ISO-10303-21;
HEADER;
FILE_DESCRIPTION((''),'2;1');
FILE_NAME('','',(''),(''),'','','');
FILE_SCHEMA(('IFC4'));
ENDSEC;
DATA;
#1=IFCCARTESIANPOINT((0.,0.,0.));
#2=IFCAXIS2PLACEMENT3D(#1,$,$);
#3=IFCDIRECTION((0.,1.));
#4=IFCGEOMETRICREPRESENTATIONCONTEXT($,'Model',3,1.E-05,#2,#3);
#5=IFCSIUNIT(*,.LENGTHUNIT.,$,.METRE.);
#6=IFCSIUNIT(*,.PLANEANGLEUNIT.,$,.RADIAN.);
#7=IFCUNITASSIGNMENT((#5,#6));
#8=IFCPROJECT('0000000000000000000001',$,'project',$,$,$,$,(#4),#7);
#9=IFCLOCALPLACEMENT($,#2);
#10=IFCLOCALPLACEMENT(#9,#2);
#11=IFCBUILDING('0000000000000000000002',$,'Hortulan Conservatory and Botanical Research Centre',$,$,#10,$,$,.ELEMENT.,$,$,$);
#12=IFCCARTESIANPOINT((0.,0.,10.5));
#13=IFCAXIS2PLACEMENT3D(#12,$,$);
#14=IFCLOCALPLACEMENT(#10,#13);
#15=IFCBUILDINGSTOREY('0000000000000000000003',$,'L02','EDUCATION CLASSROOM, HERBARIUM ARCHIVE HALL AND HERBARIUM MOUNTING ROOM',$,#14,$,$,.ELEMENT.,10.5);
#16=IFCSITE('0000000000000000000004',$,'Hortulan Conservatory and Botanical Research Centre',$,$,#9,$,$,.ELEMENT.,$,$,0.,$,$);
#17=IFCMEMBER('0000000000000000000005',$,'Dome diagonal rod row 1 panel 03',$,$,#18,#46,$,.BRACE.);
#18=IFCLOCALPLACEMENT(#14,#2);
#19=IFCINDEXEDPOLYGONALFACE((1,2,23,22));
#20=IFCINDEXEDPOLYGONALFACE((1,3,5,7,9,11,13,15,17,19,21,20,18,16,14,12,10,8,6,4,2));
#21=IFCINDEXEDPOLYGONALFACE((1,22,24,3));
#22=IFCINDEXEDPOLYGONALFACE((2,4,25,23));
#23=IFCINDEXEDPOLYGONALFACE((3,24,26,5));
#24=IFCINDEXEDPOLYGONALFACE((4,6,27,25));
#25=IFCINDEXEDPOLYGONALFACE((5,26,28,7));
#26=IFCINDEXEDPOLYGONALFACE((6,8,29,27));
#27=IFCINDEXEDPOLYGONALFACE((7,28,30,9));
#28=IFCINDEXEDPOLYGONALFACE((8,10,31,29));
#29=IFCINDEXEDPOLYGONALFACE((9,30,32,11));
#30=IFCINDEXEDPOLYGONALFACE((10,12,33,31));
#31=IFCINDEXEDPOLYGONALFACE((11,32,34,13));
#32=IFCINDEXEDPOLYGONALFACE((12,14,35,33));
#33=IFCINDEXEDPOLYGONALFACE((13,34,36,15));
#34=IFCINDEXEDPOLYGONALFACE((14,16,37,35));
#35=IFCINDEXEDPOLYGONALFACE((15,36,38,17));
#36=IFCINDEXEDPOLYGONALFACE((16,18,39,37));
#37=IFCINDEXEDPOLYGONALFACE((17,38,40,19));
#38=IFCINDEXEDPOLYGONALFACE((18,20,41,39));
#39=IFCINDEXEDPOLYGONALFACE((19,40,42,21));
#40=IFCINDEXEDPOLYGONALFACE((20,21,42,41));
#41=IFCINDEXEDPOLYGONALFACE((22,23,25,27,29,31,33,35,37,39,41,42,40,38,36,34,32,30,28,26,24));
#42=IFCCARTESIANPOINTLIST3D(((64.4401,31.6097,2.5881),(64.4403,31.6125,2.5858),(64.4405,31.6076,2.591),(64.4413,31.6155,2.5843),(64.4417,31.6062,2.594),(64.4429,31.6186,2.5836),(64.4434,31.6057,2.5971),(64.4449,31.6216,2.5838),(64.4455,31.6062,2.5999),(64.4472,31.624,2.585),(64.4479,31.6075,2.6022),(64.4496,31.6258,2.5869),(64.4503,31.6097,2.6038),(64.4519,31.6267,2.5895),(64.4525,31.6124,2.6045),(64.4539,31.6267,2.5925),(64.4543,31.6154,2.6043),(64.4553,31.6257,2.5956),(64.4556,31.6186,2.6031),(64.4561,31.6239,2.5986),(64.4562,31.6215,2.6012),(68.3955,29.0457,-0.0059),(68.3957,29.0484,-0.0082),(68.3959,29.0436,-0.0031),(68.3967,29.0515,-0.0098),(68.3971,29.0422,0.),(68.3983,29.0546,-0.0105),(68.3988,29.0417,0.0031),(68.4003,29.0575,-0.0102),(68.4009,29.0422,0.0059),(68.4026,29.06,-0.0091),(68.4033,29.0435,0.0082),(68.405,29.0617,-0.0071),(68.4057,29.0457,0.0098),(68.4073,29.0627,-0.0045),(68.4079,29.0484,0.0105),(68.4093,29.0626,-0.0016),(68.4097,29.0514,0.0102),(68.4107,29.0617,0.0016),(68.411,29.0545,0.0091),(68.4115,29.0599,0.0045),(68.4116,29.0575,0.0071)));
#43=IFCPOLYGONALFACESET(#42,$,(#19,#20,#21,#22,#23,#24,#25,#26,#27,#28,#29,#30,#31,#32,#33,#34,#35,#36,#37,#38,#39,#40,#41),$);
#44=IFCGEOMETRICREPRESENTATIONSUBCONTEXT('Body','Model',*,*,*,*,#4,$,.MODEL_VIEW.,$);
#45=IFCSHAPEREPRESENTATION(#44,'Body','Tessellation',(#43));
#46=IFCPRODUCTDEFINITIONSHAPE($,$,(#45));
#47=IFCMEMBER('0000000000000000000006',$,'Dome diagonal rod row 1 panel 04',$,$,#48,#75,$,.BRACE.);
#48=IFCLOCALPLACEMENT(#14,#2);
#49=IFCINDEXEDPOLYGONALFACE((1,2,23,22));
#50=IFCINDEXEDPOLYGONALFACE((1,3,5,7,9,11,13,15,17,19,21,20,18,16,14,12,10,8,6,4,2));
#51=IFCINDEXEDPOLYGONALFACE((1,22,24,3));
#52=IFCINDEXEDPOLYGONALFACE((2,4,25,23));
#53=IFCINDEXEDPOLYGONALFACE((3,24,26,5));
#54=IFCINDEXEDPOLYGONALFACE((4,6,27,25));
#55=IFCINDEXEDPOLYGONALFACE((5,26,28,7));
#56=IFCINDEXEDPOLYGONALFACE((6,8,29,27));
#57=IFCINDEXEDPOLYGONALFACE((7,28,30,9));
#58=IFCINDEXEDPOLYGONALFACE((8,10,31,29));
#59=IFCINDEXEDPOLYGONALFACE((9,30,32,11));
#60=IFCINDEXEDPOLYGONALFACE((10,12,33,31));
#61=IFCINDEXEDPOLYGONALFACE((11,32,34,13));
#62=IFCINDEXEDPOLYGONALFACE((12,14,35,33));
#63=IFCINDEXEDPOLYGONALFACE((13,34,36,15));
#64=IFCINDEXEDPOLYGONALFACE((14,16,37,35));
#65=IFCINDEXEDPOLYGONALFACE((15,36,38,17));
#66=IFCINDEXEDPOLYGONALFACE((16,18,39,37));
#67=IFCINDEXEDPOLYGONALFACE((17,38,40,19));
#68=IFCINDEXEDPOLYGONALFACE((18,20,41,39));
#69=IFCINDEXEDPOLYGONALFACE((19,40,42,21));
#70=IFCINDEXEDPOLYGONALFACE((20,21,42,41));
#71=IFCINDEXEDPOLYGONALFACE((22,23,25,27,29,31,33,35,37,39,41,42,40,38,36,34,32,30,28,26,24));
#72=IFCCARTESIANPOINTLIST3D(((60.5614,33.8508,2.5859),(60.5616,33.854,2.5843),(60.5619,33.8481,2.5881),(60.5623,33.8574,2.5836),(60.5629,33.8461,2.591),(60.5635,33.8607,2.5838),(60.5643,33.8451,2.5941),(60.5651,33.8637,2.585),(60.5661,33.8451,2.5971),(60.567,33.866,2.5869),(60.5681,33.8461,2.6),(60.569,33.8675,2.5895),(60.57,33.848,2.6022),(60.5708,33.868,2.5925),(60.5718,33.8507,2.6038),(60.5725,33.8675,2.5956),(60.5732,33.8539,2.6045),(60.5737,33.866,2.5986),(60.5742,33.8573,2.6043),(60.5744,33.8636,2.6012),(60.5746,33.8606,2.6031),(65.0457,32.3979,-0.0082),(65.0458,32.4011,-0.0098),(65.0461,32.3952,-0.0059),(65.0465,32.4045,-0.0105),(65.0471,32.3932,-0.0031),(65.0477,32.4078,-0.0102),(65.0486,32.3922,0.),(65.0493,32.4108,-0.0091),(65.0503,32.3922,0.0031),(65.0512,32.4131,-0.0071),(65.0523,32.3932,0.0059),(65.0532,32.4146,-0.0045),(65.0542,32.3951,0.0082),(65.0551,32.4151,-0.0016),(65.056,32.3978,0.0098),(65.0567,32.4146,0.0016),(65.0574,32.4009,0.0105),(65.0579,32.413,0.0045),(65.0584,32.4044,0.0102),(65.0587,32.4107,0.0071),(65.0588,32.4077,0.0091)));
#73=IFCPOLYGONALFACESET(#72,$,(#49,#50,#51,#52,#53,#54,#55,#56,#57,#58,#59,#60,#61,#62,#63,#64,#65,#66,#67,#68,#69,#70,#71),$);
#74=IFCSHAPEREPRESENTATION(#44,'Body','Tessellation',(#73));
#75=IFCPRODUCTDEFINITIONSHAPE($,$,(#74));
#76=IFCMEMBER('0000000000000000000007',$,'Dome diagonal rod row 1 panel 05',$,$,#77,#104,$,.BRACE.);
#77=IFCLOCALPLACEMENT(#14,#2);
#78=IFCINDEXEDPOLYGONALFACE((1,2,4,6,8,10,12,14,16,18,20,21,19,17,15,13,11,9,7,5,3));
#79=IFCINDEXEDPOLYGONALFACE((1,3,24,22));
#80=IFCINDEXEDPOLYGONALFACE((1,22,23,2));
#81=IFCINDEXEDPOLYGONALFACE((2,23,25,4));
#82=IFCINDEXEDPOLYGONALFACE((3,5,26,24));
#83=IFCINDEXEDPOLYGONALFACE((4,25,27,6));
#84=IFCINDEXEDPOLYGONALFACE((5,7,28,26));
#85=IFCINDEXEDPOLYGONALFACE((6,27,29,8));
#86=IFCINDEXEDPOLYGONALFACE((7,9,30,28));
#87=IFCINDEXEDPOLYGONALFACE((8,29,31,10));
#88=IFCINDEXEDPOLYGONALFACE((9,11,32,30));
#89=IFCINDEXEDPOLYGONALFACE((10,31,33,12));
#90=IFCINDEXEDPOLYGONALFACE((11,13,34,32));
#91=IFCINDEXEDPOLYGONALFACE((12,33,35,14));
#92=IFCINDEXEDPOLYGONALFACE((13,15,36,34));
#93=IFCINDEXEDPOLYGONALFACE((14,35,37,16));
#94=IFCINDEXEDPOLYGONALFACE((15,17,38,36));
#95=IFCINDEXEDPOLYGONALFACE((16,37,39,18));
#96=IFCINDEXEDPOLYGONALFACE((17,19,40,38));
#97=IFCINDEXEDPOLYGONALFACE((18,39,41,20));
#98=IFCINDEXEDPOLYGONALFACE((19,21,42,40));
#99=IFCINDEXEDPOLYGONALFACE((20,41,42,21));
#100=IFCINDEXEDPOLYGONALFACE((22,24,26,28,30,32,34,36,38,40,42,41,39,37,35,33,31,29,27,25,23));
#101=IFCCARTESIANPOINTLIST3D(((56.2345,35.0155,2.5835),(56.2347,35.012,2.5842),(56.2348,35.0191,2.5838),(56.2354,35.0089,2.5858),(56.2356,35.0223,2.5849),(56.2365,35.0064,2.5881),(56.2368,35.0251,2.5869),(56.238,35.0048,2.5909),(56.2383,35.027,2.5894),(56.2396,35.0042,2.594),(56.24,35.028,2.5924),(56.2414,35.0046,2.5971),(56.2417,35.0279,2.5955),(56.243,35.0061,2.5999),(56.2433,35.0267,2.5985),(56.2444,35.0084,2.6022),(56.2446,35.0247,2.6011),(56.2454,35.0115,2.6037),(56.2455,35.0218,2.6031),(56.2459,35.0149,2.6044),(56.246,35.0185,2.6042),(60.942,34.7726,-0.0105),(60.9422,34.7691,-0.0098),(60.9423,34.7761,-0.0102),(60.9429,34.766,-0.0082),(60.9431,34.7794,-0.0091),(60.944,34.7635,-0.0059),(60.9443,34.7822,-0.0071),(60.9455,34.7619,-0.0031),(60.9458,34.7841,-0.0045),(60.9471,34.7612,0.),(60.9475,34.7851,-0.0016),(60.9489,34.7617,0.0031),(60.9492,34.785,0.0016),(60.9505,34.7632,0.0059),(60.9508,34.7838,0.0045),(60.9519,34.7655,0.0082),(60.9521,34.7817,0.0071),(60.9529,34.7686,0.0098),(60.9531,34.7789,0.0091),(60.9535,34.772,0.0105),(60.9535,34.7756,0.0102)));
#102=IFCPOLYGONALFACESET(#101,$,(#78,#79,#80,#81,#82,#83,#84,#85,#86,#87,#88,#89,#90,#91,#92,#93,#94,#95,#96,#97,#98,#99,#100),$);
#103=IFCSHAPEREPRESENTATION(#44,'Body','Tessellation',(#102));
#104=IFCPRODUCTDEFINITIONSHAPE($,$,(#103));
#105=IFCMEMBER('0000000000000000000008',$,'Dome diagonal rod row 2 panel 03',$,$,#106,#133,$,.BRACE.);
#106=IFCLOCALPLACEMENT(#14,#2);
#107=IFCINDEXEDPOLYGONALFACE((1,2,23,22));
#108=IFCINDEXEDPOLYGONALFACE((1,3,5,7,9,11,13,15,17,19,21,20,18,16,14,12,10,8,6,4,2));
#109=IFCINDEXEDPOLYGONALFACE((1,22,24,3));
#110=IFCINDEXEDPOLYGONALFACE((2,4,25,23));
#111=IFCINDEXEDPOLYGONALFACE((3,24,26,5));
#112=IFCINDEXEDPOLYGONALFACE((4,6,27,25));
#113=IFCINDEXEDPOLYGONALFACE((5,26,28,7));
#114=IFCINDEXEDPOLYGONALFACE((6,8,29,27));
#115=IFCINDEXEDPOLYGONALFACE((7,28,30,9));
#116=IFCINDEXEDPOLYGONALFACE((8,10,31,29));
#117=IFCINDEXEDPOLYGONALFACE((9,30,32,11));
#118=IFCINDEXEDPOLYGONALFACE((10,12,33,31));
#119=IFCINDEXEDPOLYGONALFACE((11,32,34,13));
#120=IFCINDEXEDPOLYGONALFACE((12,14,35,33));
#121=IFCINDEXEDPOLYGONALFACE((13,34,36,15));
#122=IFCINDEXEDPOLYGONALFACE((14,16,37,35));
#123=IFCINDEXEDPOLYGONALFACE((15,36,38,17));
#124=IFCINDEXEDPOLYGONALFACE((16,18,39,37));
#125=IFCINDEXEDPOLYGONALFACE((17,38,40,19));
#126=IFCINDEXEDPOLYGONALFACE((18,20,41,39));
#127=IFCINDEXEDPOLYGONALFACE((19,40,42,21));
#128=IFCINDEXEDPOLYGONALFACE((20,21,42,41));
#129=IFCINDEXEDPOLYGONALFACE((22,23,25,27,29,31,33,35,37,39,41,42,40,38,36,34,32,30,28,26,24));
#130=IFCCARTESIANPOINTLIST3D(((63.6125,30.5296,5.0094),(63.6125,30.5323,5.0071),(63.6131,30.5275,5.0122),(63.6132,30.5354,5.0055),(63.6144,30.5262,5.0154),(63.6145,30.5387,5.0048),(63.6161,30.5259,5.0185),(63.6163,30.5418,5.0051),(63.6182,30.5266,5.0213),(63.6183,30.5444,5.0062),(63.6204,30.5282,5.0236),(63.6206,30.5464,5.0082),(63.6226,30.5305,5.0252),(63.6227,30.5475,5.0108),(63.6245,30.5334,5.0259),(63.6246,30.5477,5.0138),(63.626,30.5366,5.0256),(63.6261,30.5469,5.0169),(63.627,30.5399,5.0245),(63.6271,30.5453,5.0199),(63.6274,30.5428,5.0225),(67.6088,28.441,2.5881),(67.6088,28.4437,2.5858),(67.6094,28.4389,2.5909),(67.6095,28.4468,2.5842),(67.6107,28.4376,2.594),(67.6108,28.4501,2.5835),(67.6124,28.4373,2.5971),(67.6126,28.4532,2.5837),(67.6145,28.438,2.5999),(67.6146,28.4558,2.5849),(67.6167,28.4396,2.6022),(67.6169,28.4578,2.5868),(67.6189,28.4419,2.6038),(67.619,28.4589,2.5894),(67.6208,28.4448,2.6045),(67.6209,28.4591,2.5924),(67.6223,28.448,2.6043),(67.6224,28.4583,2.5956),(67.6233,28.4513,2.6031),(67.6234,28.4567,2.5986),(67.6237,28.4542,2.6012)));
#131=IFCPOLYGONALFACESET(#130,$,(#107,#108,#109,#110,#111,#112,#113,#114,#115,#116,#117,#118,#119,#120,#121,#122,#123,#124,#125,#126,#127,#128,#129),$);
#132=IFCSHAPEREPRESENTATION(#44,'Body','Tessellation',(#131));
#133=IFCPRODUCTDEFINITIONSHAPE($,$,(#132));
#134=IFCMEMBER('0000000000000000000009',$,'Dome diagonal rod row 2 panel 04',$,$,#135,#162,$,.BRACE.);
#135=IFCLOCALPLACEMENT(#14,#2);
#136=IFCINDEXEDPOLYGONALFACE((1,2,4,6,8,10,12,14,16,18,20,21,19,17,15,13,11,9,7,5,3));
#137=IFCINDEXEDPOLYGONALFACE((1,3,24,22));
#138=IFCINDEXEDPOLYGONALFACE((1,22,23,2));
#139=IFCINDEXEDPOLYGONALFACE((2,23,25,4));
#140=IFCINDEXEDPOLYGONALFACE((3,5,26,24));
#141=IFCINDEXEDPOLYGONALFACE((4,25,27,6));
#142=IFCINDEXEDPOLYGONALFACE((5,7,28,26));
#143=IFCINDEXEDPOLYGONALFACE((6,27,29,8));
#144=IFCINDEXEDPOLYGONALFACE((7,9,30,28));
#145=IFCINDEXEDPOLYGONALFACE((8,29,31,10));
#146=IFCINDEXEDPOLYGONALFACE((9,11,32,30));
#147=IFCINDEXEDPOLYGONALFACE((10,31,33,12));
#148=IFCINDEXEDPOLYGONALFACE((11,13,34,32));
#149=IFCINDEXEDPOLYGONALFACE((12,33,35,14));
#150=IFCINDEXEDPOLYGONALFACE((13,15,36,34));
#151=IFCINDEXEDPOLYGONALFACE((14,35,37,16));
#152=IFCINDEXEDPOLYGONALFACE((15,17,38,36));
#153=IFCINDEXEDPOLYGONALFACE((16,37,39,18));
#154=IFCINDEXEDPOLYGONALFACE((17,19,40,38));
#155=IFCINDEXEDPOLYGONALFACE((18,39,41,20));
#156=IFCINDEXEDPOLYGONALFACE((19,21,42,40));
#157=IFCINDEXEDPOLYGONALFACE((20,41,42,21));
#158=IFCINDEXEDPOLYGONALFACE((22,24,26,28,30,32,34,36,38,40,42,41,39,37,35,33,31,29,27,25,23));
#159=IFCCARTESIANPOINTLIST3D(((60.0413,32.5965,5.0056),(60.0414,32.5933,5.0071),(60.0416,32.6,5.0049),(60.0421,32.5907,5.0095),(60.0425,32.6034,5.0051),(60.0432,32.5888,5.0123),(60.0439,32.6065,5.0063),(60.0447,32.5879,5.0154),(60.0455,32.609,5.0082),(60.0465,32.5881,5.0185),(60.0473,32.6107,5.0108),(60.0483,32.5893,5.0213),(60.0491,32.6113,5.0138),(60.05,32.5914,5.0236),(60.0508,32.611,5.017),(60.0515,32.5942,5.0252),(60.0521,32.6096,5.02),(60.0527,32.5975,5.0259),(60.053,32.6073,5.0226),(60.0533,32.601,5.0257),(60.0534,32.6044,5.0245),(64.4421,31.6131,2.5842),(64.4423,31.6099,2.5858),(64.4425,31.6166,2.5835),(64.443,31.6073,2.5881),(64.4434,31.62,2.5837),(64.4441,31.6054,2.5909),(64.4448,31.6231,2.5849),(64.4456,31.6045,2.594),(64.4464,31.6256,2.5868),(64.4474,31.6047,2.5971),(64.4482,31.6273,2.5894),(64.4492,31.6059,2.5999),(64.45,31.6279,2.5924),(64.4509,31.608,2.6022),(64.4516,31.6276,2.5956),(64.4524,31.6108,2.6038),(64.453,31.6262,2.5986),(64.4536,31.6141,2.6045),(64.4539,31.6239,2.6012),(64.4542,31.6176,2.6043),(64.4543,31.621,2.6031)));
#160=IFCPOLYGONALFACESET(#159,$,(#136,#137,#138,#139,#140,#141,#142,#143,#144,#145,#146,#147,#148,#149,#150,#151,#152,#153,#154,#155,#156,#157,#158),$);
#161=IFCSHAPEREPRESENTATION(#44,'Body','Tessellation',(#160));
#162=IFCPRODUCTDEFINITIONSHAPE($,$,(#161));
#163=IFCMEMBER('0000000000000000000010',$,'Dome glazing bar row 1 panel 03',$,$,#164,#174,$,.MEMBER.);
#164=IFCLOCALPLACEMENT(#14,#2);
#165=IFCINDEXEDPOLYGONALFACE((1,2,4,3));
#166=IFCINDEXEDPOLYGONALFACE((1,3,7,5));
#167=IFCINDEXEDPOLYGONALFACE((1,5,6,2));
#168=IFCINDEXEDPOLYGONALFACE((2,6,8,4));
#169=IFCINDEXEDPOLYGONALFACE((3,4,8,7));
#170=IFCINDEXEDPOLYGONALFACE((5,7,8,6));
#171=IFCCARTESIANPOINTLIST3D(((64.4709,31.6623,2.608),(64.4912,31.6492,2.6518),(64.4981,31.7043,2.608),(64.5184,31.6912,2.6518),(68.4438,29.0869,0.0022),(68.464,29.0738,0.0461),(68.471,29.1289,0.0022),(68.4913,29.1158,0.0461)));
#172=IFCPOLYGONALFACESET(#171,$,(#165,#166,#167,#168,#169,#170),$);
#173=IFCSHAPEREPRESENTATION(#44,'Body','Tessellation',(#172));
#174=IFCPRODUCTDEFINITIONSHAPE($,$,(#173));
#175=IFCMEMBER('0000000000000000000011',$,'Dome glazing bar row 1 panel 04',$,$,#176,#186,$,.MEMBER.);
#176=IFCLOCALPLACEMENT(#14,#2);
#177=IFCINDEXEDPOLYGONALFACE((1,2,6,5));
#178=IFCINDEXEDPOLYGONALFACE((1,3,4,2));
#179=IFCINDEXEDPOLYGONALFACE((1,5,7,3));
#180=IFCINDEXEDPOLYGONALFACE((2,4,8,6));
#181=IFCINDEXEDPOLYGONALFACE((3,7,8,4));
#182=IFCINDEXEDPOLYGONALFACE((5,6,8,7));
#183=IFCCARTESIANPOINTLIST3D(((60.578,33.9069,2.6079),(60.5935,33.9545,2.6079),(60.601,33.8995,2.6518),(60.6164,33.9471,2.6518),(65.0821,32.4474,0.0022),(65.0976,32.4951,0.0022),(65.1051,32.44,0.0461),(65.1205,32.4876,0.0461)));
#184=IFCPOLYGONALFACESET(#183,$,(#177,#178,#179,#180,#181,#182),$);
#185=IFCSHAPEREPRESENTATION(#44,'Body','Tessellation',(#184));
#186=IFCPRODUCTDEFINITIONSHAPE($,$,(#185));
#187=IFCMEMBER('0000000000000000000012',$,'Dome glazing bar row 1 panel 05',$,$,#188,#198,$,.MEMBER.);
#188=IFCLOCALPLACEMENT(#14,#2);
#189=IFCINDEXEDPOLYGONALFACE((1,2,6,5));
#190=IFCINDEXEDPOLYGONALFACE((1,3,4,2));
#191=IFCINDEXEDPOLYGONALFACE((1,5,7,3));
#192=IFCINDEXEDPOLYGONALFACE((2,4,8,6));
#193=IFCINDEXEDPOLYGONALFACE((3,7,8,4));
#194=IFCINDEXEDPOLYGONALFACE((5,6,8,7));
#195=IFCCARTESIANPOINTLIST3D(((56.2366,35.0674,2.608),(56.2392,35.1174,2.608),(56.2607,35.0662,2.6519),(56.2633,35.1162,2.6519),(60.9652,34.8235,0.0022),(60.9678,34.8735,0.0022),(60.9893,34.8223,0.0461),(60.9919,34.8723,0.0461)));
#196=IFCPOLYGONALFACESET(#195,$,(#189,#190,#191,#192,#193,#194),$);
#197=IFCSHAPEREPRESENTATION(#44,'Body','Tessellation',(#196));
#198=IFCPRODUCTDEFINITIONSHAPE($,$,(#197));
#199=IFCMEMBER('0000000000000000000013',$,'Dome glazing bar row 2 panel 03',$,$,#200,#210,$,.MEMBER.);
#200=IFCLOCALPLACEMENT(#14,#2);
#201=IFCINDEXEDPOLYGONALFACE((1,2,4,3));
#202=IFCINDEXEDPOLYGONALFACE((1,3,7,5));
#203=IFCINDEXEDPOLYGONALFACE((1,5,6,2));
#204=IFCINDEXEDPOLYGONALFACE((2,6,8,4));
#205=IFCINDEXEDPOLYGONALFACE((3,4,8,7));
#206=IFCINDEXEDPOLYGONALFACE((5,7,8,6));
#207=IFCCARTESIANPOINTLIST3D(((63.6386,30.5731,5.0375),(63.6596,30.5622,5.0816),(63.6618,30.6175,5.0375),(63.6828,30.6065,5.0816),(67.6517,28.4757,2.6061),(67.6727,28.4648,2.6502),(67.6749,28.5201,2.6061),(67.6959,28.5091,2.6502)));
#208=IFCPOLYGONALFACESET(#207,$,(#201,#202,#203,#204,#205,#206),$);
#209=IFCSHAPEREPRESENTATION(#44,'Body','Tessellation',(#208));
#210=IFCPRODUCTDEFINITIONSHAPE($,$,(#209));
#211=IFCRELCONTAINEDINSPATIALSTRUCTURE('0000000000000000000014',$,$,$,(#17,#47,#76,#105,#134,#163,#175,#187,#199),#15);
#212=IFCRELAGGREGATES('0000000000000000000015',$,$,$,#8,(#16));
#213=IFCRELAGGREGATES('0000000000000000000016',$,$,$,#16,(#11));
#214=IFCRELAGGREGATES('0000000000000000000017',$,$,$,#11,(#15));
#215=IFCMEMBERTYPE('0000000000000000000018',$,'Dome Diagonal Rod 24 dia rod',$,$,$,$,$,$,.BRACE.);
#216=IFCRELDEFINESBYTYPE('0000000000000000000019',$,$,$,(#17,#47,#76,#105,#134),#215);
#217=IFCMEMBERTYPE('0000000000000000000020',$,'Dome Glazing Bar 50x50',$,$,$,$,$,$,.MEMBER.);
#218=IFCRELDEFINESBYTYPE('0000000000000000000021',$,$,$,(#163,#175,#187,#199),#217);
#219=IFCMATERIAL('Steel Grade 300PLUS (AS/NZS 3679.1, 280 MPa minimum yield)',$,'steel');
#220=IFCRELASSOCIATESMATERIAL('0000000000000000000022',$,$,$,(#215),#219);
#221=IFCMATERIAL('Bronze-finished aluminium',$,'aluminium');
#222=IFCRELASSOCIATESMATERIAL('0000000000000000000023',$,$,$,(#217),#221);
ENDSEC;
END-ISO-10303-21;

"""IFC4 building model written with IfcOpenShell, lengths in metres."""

from ifc_helpers import new_model, si_unit, direction, frame, origin, origin_2d, place, context, subcontext, project, spatial, rectangle, circle, extrude, material, material_profile, profile_set, type_object, element, save


model = new_model("IFC4")

# Units and contexts
model_context = context("Model", 3, precision=1e-05, world=origin(), true_north=direction((0.0, 1.0)))
body_context = subcontext(model_context, "Body", "Model", "MODEL_VIEW")
ifc_project = project(units=[si_unit("LENGTHUNIT", "METRE"), si_unit("PLANEANGLEUNIT", "RADIAN")], contexts=[model_context])

# Site, building, storey
site_placement = place(None, origin())
site = spatial("IfcSite", under=ifc_project, at=site_placement, Name="Hortulan Conservatory and Botanical Research Centre", CompositionType="ELEMENT", RefElevation=0.0)
building_placement = place(site_placement, origin())
building = spatial("IfcBuilding", under=site, at=building_placement, Name="Hortulan Conservatory and Botanical Research Centre", CompositionType="ELEMENT")
storey_placement = place(building_placement, frame((0.0, 0.0, 10.5)))
storey = spatial("IfcBuildingStorey", under=building, at=storey_placement, Name="L02", Description="EDUCATION CLASSROOM, HERBARIUM ARCHIVE HALL AND HERBARIUM MOUNTING ROOM", CompositionType="ELEMENT", Elevation=10.5)

# Members
ifc_material_1 = material(Name="Steel Grade 300PLUS (AS/NZS 3679.1, 280 MPa minimum yield)", Category="steel")
ifc_material_profile_1 = material_profile(ifc_material_1, circle(Radius=0.012, at=origin_2d()), Name="24 dia rod")
ifc_profile_set_1 = profile_set([ifc_material_profile_1], Name="Steel Grade 300PLUS (AS/NZS 3679.1, 280 MPa minimum yield)")
member_type_1 = type_object("IfcMemberType", Name="Dome Diagonal Rod 24 dia rod", PredefinedType="BRACE", material=ifc_profile_set_1)
for number, where, z_axis, x_axis, name in (
    (1, (68.4036, 29.0522, 0.0), (-0.735153, 0.47655, 0.482131), (-0.543945, -0.839121, 0.0), "Dome diagonal rod row 1 panel 03"),
    (2, (65.0522, 32.4036, 0.0), (-0.833443, 0.27004, 0.482133), (-0.30823, -0.951312, 0.0), "Dome diagonal rod row 1 panel 04"),
    (3, (60.9478, 34.7732, 0.0), (-0.874941, 0.045149, 0.48212), (-0.051534, -0.998671, 0.0), "Dome diagonal rod row 1 panel 05"),
):
    element("IfcMember", number, at=place(storey_placement, frame(where, z_axis=z_axis, x_axis=x_axis)), inside=storey, type_object=member_type_1, Name=name, PredefinedType="BRACE", context=body_context, shape_type="SweptSolid", body=[
        extrude(circle(Radius=0.012, at=origin_2d()), origin(), (0.0, 0.0, 1.0), 5.3804),
    ])
member_1_placement = place(storey_placement, frame((67.6162, 28.4482, 2.594), z_axis=(-0.780806, 0.408076, 0.473092), x_axis=(-0.463189, -0.886259, 0.0)))
element("IfcMember", 4, at=member_1_placement, inside=storey, type_object=member_type_1, Name="Dome diagonal rod row 2 panel 03", PredefinedType="BRACE", context=body_context, shape_type="SweptSolid", body=[
    extrude(circle(Radius=0.012, at=origin_2d()), origin(), (0.0, 0.0, 1.0), 5.1182),
])
member_2_placement = place(storey_placement, frame((64.4482, 31.6162, 2.594), z_axis=(-0.859817, 0.19213, 0.473076), x_axis=(-0.218077, -0.975932, 0.0)))
element("IfcMember", 5, at=member_2_placement, inside=storey, type_object=member_type_1, Name="Dome diagonal rod row 2 panel 04", PredefinedType="BRACE", context=body_context, shape_type="SweptSolid", body=[
    extrude(circle(Radius=0.012, at=origin_2d()), origin(), (0.0, 0.0, 1.0), 5.1184),
])
ifc_material_2 = material(Name="Bronze-finished aluminium", Category="aluminium")
ifc_material_profile_2 = material_profile(ifc_material_2, rectangle(XDim=0.05, YDim=0.05, at=origin_2d()), Name="Square bar 50x50")
ifc_profile_set_2 = profile_set([ifc_material_profile_2], Name="Bronze-finished aluminium")
member_type_2 = type_object("IfcMemberType", Name="Dome Glazing Bar 50x50", PredefinedType="MEMBER", material=ifc_profile_set_2)
for number, where, z_axis, x_axis, name in (
    (6, (68.4675, 29.1013, 0.0242), (-0.735136, 0.476553, 0.482155), (-0.543957, -0.839113, 0.0), "Dome glazing bar row 1 panel 03"),
    (7, (65.1013, 32.4675, 0.0242), (-0.833428, 0.270054, 0.48215), (-0.30825, -0.951305, 0.0), "Dome glazing bar row 1 panel 04"),
):
    element("IfcMember", number, at=place(storey_placement, frame(where, z_axis=z_axis, x_axis=x_axis)), inside=storey, type_object=member_type_2, Name=name, PredefinedType="MEMBER", context=body_context, shape_type="SweptSolid", body=[
        extrude(rectangle(XDim=0.05, YDim=0.05, at=origin_2d()), origin(), (0.0, 0.0, 1.0), 5.4043),
    ])
member_3_placement = place(storey_placement, frame((60.9785, 34.8479, 0.0242), z_axis=(-0.87493, 0.045129, 0.482142), x_axis=(-0.051511, -0.998672, 0.0)))
element("IfcMember", 8, at=member_3_placement, inside=storey, type_object=member_type_2, Name="Dome glazing bar row 1 panel 05", PredefinedType="MEMBER", context=body_context, shape_type="SweptSolid", body=[
    extrude(rectangle(XDim=0.05, YDim=0.05, at=origin_2d()), origin(), (0.0, 0.0, 1.0), 5.4045),
])
member_4_placement = place(storey_placement, frame((67.6738, 28.4924, 2.6282), z_axis=(-0.780821, 0.408081, 0.473062), x_axis=(-0.463187, -0.886261, 0.0)))
element("IfcMember", 9, at=member_4_placement, inside=storey, type_object=member_type_2, Name="Dome glazing bar row 2 panel 03", PredefinedType="MEMBER", context=body_context, shape_type="SweptSolid", body=[
    extrude(rectangle(XDim=0.05, YDim=0.05, at=origin_2d()), origin(), (0.0, 0.0, 1.0), 5.1396),
])

save(model, "model.ifc")
